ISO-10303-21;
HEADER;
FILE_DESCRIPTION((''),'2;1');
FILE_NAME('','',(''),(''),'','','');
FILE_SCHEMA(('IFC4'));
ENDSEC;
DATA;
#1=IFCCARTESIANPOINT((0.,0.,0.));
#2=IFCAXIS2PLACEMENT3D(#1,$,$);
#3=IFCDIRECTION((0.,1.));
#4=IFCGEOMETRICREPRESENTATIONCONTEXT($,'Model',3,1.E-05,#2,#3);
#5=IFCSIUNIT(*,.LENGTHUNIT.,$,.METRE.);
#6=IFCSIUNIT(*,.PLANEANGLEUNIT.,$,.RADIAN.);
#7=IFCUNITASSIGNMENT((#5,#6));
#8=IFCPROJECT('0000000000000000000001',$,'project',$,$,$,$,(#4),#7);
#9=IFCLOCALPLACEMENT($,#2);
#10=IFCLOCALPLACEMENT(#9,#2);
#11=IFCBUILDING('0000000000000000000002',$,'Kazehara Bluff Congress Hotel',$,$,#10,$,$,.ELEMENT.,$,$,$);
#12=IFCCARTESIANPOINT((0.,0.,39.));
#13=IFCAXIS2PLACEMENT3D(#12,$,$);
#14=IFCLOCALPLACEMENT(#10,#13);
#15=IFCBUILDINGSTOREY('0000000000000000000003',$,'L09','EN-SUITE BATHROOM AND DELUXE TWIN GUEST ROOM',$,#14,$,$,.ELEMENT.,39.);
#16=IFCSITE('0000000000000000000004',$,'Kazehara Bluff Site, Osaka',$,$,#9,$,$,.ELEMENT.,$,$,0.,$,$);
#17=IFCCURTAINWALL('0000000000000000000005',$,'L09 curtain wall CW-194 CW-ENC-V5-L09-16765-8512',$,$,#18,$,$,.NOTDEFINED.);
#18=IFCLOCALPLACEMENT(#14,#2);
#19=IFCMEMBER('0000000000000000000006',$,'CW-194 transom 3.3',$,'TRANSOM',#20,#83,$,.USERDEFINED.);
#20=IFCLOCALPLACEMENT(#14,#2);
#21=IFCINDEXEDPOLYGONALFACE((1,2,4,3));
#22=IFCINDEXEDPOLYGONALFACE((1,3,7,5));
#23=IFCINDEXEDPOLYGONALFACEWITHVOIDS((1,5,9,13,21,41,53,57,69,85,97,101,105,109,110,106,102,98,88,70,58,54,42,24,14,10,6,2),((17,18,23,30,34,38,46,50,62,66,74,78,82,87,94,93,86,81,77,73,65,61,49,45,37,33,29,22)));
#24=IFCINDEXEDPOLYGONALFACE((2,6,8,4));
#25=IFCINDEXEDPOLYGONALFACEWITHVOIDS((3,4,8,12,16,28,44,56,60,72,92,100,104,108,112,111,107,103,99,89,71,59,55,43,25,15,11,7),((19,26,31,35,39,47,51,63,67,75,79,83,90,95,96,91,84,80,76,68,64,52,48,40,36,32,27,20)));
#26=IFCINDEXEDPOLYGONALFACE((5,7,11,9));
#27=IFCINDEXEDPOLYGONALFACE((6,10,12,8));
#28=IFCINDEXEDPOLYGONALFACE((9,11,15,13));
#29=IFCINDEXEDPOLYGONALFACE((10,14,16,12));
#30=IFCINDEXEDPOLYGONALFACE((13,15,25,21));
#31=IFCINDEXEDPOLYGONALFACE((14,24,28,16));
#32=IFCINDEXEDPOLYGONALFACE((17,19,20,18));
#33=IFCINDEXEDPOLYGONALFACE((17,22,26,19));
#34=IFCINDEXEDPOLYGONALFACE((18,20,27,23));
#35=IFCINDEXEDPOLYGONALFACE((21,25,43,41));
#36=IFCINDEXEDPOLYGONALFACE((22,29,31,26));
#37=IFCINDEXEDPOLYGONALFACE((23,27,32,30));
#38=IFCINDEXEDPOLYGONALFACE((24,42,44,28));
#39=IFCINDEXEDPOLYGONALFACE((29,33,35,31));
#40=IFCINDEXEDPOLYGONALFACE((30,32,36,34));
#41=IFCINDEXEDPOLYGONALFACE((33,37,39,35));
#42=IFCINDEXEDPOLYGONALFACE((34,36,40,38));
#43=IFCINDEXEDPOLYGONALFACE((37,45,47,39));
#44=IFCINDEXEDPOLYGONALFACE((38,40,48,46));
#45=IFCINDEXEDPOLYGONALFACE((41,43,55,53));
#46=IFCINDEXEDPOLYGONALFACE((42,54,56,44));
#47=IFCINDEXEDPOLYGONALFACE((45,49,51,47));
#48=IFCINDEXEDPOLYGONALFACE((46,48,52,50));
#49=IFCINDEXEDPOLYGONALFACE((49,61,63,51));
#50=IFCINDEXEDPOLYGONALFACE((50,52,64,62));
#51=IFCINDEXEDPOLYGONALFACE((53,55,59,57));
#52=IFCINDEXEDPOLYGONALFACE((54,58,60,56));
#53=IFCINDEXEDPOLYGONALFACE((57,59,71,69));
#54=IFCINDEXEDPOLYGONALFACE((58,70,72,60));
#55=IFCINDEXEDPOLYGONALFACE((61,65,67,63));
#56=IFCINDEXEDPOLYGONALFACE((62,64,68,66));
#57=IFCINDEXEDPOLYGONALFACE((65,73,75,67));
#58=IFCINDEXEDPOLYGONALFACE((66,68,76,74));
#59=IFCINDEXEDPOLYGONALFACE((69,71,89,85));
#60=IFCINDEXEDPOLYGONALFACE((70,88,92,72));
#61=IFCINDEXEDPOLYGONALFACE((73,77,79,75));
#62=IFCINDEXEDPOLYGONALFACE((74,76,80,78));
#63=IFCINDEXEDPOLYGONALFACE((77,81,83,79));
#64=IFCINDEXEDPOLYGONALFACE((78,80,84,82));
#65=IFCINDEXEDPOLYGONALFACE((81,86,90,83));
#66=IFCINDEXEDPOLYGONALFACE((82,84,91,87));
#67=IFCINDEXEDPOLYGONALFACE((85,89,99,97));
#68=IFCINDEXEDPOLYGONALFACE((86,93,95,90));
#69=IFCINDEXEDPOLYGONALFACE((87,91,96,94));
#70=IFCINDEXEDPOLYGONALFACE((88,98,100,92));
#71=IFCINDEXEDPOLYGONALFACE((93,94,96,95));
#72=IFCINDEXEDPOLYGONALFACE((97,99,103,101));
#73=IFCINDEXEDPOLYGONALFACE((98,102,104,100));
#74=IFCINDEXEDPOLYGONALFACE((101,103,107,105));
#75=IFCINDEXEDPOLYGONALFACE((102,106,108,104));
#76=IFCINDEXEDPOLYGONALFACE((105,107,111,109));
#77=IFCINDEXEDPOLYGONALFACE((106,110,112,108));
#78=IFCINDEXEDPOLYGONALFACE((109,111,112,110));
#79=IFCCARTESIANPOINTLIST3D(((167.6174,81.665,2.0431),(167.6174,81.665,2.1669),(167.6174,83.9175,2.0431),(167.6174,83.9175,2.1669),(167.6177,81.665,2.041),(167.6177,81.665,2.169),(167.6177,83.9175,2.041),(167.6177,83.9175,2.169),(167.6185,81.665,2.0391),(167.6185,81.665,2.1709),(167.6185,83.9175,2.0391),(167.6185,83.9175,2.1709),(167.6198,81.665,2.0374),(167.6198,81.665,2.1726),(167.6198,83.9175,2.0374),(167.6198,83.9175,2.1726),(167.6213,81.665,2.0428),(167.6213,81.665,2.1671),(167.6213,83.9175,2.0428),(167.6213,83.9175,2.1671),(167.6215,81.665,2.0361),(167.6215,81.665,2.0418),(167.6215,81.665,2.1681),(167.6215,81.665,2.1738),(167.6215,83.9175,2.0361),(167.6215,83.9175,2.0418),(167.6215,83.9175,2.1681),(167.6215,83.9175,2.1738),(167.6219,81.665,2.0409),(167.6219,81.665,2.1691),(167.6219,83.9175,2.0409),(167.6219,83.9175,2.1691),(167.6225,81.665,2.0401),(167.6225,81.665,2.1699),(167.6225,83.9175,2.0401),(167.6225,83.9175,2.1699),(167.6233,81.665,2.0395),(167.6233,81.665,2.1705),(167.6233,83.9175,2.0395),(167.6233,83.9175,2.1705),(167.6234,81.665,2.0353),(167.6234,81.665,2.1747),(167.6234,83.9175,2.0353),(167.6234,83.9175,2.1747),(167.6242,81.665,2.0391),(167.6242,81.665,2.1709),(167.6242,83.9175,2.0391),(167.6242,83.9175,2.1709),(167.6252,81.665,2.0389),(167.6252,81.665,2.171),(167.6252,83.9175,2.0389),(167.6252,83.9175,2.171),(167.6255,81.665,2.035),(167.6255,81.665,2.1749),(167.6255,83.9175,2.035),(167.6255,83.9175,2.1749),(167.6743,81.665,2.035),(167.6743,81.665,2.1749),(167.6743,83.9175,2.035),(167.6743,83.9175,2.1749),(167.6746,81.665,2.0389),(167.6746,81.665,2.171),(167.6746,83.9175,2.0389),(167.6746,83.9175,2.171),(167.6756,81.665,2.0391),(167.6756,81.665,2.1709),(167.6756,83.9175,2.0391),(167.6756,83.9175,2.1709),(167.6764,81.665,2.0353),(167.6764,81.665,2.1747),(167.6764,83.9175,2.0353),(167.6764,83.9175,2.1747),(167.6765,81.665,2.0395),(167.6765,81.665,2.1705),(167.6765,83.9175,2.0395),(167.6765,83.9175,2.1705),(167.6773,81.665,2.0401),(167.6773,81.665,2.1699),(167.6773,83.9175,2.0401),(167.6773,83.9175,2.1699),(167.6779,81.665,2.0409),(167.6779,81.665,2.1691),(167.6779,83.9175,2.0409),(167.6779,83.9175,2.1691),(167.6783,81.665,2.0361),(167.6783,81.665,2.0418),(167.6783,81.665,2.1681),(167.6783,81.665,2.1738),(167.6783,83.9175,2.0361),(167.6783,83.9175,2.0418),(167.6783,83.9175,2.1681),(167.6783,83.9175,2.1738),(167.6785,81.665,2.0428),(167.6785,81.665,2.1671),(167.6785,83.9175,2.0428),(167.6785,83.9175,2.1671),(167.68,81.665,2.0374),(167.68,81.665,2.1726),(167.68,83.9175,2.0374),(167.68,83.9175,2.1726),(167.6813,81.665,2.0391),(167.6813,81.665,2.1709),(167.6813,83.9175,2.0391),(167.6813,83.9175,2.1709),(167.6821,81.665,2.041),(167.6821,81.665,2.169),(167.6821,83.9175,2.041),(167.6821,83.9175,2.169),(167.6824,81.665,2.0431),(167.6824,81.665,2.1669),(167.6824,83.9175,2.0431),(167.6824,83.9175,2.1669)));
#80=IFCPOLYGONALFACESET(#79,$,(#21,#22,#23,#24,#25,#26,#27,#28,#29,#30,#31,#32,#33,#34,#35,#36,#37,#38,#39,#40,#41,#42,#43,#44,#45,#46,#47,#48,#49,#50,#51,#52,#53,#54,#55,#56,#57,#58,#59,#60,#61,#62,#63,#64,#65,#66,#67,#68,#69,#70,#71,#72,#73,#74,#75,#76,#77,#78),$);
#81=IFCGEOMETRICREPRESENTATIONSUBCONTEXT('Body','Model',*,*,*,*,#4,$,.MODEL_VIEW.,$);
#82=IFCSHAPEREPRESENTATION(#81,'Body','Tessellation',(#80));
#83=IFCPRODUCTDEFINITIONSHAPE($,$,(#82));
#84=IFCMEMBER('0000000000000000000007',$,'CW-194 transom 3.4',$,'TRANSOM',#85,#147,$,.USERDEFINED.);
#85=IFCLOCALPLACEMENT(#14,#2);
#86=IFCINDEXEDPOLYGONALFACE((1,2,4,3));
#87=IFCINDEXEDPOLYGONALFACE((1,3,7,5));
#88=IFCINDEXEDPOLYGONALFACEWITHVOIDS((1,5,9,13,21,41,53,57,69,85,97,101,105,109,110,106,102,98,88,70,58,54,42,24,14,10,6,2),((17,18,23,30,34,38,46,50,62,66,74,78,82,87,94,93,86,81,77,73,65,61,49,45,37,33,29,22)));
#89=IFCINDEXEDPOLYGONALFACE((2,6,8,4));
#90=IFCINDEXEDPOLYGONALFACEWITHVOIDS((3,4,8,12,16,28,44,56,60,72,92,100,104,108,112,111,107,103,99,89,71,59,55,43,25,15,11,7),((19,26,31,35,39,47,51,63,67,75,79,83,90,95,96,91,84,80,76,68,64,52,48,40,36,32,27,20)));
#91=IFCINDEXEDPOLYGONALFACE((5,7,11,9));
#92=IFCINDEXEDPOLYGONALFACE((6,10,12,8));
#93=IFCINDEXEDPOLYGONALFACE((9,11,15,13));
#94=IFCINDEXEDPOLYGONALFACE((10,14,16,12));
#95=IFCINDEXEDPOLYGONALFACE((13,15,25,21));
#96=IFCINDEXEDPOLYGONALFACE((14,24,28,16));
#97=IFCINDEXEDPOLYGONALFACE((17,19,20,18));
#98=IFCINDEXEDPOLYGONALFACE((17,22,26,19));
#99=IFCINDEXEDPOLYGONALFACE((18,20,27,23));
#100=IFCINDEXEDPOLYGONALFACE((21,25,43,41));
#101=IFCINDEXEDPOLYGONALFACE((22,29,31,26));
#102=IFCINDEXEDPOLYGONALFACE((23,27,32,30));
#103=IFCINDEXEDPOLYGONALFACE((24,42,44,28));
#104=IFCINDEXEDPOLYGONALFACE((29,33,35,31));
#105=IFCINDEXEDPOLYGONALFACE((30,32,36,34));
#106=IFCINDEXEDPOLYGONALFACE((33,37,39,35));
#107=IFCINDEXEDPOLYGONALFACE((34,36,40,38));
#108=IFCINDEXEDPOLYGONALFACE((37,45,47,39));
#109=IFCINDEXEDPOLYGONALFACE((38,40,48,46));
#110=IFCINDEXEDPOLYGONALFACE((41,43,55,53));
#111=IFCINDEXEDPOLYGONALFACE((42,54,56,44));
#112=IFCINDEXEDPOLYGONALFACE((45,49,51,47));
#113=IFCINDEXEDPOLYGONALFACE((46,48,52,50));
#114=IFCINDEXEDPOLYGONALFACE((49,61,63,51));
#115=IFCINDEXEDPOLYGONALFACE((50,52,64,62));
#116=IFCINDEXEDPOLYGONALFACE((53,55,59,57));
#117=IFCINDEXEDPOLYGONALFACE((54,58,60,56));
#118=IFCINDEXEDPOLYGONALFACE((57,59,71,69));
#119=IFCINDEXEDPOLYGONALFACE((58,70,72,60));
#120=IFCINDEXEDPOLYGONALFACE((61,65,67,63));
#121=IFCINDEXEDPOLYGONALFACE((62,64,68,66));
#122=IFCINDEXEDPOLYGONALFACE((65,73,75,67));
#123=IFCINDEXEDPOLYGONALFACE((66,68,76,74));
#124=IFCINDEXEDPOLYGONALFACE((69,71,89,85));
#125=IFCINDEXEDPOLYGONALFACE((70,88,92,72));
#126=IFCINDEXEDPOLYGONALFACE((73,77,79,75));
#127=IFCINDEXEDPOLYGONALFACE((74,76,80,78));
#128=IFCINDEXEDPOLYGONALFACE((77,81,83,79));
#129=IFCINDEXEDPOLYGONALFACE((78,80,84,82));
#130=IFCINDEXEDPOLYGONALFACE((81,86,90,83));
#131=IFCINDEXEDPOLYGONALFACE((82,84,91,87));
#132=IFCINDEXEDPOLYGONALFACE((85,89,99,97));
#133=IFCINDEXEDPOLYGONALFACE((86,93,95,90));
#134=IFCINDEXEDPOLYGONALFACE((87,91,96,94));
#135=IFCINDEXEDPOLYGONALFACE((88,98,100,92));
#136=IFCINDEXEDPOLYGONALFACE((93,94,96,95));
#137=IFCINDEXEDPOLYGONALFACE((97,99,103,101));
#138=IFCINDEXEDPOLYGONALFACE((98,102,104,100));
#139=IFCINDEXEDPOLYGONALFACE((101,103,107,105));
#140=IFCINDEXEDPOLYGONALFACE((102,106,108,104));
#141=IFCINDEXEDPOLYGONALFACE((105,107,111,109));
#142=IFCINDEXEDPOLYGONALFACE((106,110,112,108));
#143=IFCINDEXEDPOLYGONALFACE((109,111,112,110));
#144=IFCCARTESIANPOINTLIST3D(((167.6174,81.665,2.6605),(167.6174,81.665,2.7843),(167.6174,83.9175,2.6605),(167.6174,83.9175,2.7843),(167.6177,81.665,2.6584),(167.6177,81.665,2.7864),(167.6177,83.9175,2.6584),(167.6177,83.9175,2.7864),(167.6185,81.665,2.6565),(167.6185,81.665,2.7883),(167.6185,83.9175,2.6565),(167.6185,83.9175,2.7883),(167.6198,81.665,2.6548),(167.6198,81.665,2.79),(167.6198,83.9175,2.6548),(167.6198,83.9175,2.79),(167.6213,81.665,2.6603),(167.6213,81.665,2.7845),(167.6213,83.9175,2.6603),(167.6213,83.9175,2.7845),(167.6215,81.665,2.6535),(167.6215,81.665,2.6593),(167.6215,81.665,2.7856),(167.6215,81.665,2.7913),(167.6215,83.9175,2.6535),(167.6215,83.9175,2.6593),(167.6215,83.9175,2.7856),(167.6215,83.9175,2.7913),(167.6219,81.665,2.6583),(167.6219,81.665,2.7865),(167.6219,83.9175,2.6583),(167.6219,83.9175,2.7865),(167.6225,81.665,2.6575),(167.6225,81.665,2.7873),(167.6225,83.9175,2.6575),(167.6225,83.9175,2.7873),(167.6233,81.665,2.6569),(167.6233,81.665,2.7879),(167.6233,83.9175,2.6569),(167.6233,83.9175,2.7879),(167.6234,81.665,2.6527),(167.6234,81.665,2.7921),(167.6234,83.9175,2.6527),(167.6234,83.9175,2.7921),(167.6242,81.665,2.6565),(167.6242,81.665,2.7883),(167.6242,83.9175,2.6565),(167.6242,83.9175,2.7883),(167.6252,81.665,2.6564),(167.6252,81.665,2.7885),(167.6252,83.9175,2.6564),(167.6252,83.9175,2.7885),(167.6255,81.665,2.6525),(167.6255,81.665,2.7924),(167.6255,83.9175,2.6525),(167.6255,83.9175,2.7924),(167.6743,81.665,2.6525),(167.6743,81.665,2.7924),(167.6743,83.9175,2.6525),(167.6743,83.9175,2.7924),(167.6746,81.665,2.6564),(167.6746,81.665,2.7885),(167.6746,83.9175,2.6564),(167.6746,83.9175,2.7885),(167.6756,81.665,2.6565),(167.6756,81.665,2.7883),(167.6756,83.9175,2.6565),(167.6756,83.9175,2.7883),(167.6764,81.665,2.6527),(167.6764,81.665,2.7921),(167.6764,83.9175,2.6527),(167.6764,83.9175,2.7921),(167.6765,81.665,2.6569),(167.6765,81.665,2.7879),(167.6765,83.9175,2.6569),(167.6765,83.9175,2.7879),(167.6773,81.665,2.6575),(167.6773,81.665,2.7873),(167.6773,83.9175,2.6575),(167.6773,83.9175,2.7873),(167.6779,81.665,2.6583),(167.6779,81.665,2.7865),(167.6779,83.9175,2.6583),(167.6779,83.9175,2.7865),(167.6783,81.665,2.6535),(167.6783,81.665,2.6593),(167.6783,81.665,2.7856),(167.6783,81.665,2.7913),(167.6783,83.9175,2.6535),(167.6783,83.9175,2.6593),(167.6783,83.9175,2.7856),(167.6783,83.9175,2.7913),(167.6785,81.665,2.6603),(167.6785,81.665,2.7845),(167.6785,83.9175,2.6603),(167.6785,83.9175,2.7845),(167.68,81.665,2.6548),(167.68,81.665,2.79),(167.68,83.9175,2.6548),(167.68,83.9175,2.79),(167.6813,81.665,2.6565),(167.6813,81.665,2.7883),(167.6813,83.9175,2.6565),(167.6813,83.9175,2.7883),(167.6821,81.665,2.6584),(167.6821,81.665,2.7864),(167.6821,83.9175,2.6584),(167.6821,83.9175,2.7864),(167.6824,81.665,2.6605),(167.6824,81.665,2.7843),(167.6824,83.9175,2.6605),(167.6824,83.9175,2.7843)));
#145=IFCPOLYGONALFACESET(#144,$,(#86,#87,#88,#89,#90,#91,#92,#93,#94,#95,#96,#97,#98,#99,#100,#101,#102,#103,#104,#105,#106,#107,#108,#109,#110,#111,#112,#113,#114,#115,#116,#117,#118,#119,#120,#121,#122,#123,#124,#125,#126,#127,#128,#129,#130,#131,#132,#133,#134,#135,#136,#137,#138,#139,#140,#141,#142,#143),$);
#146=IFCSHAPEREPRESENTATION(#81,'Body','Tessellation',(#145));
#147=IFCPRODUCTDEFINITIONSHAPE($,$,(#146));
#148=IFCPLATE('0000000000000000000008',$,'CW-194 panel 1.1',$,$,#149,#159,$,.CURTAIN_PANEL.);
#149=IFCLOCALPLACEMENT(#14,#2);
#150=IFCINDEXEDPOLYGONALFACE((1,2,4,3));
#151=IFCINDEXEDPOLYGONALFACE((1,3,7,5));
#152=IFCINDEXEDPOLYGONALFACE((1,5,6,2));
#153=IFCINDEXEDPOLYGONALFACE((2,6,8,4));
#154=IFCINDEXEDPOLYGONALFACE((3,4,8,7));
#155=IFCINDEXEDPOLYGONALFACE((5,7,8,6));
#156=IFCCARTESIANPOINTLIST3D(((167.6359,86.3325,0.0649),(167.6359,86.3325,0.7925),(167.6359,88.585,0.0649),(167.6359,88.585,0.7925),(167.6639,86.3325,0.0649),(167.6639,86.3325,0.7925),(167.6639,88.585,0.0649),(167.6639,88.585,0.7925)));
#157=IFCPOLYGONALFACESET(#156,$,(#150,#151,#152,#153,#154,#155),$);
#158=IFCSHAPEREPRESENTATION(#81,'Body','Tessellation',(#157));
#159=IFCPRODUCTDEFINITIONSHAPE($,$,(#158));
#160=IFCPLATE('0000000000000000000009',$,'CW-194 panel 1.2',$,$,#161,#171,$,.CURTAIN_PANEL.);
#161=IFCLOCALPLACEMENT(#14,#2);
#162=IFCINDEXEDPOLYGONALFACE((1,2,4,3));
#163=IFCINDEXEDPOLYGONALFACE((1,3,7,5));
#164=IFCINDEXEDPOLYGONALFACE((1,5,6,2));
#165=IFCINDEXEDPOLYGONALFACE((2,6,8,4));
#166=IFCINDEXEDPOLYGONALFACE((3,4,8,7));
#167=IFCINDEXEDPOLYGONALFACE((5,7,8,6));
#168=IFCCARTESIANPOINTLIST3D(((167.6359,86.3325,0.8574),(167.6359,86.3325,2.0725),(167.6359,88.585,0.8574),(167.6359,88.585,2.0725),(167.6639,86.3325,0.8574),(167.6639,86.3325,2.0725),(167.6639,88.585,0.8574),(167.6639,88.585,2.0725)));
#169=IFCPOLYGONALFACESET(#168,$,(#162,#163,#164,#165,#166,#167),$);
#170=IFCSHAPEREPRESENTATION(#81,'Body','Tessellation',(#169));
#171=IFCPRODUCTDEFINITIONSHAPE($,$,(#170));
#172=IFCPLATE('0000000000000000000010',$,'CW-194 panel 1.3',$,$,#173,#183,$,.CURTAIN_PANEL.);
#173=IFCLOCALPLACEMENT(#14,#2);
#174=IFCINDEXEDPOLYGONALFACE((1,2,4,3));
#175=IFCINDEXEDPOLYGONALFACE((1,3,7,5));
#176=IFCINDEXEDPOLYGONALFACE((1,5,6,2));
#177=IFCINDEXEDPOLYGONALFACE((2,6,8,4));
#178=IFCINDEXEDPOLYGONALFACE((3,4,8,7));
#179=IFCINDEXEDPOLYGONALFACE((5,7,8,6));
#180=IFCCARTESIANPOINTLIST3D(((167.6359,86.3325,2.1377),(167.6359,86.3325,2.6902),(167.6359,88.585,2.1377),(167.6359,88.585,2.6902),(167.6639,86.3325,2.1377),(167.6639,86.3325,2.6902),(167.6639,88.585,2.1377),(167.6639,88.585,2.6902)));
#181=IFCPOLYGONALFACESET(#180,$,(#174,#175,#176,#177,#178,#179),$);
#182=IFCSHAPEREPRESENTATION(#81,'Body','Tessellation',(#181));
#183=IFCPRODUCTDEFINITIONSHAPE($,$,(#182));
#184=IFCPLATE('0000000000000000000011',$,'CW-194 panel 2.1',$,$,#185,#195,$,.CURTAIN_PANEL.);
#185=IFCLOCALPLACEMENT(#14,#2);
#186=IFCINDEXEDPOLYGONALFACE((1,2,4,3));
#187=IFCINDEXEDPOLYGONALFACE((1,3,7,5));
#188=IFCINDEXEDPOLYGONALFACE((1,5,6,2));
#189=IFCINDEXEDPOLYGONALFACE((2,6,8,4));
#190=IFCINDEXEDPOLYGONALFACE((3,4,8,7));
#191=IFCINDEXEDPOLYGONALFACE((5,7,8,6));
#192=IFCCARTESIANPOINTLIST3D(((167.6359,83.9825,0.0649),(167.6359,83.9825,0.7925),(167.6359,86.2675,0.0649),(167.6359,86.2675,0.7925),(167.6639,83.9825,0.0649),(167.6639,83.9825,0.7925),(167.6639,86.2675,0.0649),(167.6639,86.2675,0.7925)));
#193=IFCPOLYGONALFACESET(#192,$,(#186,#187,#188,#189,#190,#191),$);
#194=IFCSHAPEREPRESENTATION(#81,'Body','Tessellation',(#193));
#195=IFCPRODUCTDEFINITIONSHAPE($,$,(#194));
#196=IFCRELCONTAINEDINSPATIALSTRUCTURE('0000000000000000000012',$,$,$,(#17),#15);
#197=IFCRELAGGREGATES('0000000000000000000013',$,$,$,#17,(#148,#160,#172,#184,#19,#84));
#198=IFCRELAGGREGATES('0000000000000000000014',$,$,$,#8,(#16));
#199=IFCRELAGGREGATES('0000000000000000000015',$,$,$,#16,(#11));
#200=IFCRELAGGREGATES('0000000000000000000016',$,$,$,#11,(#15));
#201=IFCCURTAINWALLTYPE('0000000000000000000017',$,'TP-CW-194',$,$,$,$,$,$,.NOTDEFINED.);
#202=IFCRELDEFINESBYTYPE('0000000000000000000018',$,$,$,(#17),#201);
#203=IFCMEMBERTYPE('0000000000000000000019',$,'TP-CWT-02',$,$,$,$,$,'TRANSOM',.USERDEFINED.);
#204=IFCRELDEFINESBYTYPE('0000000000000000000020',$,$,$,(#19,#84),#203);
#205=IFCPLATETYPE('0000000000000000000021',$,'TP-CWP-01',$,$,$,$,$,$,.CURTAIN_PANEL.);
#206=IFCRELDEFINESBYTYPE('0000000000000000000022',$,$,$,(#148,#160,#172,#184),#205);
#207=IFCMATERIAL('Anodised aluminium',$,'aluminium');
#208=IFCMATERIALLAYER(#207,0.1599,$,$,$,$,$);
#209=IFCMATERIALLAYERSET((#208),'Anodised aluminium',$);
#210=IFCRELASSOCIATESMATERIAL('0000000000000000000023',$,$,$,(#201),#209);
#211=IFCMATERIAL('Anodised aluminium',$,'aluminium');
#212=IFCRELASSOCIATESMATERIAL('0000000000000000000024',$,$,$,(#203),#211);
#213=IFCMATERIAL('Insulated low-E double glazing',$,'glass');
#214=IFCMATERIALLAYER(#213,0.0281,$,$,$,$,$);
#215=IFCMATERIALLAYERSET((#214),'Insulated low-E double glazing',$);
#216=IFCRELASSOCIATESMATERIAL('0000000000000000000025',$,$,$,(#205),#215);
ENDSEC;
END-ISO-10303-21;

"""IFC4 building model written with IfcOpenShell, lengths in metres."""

from ifc_helpers import new_model, si_unit, direction, frame, origin, origin_2d, place, context, subcontext, project, spatial, rectangle, hollow_rectangle, extrude, material, layer, layer_set, material_profile, profile_set, type_object, element, aggregate, save


model = new_model("IFC4")

# Units and contexts
model_context = context("Model", 3, precision=1e-05, world=origin(), true_north=direction((0.0, 1.0)))
body_context = subcontext(model_context, "Body", "Model", "MODEL_VIEW")
ifc_project = project(units=[si_unit("LENGTHUNIT", "METRE"), si_unit("PLANEANGLEUNIT", "RADIAN")], contexts=[model_context])

# Site, building, storey
site_placement = place(None, origin())
site = spatial("IfcSite", under=ifc_project, at=site_placement, Name="Kazehara Bluff Site, Osaka", CompositionType="ELEMENT", RefElevation=0.0)
building_placement = place(site_placement, origin())
building = spatial("IfcBuilding", under=site, at=building_placement, Name="Kazehara Bluff Congress Hotel", CompositionType="ELEMENT")
storey_placement = place(building_placement, frame((0.0, 0.0, 39.0)))
storey = spatial("IfcBuildingStorey", under=building, at=storey_placement, Name="L09", Description="EN-SUITE BATHROOM AND DELUXE TWIN GUEST ROOM", CompositionType="ELEMENT", Elevation=39.0)

# Curtain wall, members, plates
ifc_material_1 = material(Name="Anodised aluminium", Category="aluminium")
ifc_layer_1 = layer(ifc_material_1, 0.1599)
ifc_layer_set_1 = layer_set([ifc_layer_1], Name="Anodised aluminium")
curtain_wall_type = type_object("IfcCurtainWallType", Name="TP-CW-194", PredefinedType="NOTDEFINED", material=ifc_layer_set_1)
curtain_wall_placement = place(storey_placement, origin())
curtain_wall = element("IfcCurtainWall", 1, at=curtain_wall_placement, inside=storey, type_object=curtain_wall_type, Name="L09 curtain wall CW-194 CW-ENC-V5-L09-16765-8512", PredefinedType="NOTDEFINED")
ifc_material_2 = material(Name="Anodised aluminium", Category="aluminium")
ifc_material_profile_1 = material_profile(ifc_material_2, hollow_rectangle(XDim=0.0649, YDim=0.1399, WallThickness=0.0039, InnerFilletRadius=0.0039, OuterFilletRadius=0.0081, at=origin_2d()))
ifc_profile_set_1 = profile_set([ifc_material_profile_1], Name="Anodised aluminium")
member_type_1 = type_object("IfcMemberType", Name="TP-CWT-02", ElementType="TRANSOM", PredefinedType="USERDEFINED", material=ifc_profile_set_1)
member_1_placement = place(storey_placement, frame((167.6499, 83.9175, 2.105), z_axis=(0.0, -1.0, 0.0), x_axis=(1.0, 0.0, 0.0)))
member_1 = element("IfcMember", 2, at=member_1_placement, type_object=member_type_1, Name="CW-194 transom 3.3", ObjectType="TRANSOM", PredefinedType="USERDEFINED", context=body_context, shape_type="SweptSolid", body=[
    extrude(hollow_rectangle(XDim=0.0649, YDim=0.1399, WallThickness=0.0039, InnerFilletRadius=0.0039, OuterFilletRadius=0.0081, at=origin_2d()), origin(), (0.0, 0.0, 1.0), 2.2524),
])
member_2_placement = place(storey_placement, frame((167.6499, 83.9175, 2.7224), z_axis=(0.0, -1.0, 0.0), x_axis=(1.0, 0.0, 0.0)))
member_2 = element("IfcMember", 3, at=member_2_placement, type_object=member_type_1, Name="CW-194 transom 3.4", ObjectType="TRANSOM", PredefinedType="USERDEFINED", context=body_context, shape_type="SweptSolid", body=[
    extrude(hollow_rectangle(XDim=0.0649, YDim=0.1399, WallThickness=0.0039, InnerFilletRadius=0.0039, OuterFilletRadius=0.0081, at=origin_2d()), origin(), (0.0, 0.0, 1.0), 2.2524),
])
ifc_material_3 = material(Name="Insulated low-E double glazing", Category="glass")
ifc_layer_2 = layer(ifc_material_3, 0.0281)
ifc_layer_set_2 = layer_set([ifc_layer_2], Name="Insulated low-E double glazing")
plate_type = type_object("IfcPlateType", Name="TP-CWP-01", PredefinedType="CURTAIN_PANEL", material=ifc_layer_set_2)
plate_1_placement = place(storey_placement, frame((167.6499, 87.4587, 0.0649), z_axis=(0.0, 0.0, 1.0), x_axis=(0.0, -1.0, 0.0)))
plate_1 = element("IfcPlate", 4, at=plate_1_placement, type_object=plate_type, Name="CW-194 panel 1.1", PredefinedType="CURTAIN_PANEL", context=body_context, shape_type="SweptSolid", body=[
    extrude(rectangle(XDim=2.2524, YDim=0.0281, at=origin_2d()), origin(), (0.0, 0.0, 1.0), 0.7275),
])
plate_2_placement = place(storey_placement, frame((167.6499, 87.4587, 0.8574), z_axis=(0.0, 0.0, 1.0), x_axis=(0.0, -1.0, 0.0)))
plate_2 = element("IfcPlate", 5, at=plate_2_placement, type_object=plate_type, Name="CW-194 panel 1.2", PredefinedType="CURTAIN_PANEL", context=body_context, shape_type="SweptSolid", body=[
    extrude(rectangle(XDim=2.2524, YDim=0.0281, at=origin_2d()), origin(), (0.0, 0.0, 1.0), 1.2151),
])
plate_3_placement = place(storey_placement, frame((167.6499, 87.4587, 2.1377), z_axis=(0.0, 0.0, 1.0), x_axis=(0.0, -1.0, 0.0)))
plate_3 = element("IfcPlate", 6, at=plate_3_placement, type_object=plate_type, Name="CW-194 panel 1.3", PredefinedType="CURTAIN_PANEL", context=body_context, shape_type="SweptSolid", body=[
    extrude(rectangle(XDim=2.2524, YDim=0.0281, at=origin_2d()), origin(), (0.0, 0.0, 1.0), 0.5525),
])
plate_4_placement = place(storey_placement, frame((167.6499, 85.125, 0.0649), z_axis=(0.0, 0.0, 1.0), x_axis=(0.0, -1.0, 0.0)))
plate_4 = element("IfcPlate", 7, at=plate_4_placement, type_object=plate_type, Name="CW-194 panel 2.1", PredefinedType="CURTAIN_PANEL", context=body_context, shape_type="SweptSolid", body=[
    extrude(rectangle(XDim=2.2849, YDim=0.0281, at=origin_2d()), origin(), (0.0, 0.0, 1.0), 0.7275),
])
aggregate(curtain_wall, [plate_1, plate_2, plate_3, plate_4, member_1, member_2])

save(model, "model.ifc")
